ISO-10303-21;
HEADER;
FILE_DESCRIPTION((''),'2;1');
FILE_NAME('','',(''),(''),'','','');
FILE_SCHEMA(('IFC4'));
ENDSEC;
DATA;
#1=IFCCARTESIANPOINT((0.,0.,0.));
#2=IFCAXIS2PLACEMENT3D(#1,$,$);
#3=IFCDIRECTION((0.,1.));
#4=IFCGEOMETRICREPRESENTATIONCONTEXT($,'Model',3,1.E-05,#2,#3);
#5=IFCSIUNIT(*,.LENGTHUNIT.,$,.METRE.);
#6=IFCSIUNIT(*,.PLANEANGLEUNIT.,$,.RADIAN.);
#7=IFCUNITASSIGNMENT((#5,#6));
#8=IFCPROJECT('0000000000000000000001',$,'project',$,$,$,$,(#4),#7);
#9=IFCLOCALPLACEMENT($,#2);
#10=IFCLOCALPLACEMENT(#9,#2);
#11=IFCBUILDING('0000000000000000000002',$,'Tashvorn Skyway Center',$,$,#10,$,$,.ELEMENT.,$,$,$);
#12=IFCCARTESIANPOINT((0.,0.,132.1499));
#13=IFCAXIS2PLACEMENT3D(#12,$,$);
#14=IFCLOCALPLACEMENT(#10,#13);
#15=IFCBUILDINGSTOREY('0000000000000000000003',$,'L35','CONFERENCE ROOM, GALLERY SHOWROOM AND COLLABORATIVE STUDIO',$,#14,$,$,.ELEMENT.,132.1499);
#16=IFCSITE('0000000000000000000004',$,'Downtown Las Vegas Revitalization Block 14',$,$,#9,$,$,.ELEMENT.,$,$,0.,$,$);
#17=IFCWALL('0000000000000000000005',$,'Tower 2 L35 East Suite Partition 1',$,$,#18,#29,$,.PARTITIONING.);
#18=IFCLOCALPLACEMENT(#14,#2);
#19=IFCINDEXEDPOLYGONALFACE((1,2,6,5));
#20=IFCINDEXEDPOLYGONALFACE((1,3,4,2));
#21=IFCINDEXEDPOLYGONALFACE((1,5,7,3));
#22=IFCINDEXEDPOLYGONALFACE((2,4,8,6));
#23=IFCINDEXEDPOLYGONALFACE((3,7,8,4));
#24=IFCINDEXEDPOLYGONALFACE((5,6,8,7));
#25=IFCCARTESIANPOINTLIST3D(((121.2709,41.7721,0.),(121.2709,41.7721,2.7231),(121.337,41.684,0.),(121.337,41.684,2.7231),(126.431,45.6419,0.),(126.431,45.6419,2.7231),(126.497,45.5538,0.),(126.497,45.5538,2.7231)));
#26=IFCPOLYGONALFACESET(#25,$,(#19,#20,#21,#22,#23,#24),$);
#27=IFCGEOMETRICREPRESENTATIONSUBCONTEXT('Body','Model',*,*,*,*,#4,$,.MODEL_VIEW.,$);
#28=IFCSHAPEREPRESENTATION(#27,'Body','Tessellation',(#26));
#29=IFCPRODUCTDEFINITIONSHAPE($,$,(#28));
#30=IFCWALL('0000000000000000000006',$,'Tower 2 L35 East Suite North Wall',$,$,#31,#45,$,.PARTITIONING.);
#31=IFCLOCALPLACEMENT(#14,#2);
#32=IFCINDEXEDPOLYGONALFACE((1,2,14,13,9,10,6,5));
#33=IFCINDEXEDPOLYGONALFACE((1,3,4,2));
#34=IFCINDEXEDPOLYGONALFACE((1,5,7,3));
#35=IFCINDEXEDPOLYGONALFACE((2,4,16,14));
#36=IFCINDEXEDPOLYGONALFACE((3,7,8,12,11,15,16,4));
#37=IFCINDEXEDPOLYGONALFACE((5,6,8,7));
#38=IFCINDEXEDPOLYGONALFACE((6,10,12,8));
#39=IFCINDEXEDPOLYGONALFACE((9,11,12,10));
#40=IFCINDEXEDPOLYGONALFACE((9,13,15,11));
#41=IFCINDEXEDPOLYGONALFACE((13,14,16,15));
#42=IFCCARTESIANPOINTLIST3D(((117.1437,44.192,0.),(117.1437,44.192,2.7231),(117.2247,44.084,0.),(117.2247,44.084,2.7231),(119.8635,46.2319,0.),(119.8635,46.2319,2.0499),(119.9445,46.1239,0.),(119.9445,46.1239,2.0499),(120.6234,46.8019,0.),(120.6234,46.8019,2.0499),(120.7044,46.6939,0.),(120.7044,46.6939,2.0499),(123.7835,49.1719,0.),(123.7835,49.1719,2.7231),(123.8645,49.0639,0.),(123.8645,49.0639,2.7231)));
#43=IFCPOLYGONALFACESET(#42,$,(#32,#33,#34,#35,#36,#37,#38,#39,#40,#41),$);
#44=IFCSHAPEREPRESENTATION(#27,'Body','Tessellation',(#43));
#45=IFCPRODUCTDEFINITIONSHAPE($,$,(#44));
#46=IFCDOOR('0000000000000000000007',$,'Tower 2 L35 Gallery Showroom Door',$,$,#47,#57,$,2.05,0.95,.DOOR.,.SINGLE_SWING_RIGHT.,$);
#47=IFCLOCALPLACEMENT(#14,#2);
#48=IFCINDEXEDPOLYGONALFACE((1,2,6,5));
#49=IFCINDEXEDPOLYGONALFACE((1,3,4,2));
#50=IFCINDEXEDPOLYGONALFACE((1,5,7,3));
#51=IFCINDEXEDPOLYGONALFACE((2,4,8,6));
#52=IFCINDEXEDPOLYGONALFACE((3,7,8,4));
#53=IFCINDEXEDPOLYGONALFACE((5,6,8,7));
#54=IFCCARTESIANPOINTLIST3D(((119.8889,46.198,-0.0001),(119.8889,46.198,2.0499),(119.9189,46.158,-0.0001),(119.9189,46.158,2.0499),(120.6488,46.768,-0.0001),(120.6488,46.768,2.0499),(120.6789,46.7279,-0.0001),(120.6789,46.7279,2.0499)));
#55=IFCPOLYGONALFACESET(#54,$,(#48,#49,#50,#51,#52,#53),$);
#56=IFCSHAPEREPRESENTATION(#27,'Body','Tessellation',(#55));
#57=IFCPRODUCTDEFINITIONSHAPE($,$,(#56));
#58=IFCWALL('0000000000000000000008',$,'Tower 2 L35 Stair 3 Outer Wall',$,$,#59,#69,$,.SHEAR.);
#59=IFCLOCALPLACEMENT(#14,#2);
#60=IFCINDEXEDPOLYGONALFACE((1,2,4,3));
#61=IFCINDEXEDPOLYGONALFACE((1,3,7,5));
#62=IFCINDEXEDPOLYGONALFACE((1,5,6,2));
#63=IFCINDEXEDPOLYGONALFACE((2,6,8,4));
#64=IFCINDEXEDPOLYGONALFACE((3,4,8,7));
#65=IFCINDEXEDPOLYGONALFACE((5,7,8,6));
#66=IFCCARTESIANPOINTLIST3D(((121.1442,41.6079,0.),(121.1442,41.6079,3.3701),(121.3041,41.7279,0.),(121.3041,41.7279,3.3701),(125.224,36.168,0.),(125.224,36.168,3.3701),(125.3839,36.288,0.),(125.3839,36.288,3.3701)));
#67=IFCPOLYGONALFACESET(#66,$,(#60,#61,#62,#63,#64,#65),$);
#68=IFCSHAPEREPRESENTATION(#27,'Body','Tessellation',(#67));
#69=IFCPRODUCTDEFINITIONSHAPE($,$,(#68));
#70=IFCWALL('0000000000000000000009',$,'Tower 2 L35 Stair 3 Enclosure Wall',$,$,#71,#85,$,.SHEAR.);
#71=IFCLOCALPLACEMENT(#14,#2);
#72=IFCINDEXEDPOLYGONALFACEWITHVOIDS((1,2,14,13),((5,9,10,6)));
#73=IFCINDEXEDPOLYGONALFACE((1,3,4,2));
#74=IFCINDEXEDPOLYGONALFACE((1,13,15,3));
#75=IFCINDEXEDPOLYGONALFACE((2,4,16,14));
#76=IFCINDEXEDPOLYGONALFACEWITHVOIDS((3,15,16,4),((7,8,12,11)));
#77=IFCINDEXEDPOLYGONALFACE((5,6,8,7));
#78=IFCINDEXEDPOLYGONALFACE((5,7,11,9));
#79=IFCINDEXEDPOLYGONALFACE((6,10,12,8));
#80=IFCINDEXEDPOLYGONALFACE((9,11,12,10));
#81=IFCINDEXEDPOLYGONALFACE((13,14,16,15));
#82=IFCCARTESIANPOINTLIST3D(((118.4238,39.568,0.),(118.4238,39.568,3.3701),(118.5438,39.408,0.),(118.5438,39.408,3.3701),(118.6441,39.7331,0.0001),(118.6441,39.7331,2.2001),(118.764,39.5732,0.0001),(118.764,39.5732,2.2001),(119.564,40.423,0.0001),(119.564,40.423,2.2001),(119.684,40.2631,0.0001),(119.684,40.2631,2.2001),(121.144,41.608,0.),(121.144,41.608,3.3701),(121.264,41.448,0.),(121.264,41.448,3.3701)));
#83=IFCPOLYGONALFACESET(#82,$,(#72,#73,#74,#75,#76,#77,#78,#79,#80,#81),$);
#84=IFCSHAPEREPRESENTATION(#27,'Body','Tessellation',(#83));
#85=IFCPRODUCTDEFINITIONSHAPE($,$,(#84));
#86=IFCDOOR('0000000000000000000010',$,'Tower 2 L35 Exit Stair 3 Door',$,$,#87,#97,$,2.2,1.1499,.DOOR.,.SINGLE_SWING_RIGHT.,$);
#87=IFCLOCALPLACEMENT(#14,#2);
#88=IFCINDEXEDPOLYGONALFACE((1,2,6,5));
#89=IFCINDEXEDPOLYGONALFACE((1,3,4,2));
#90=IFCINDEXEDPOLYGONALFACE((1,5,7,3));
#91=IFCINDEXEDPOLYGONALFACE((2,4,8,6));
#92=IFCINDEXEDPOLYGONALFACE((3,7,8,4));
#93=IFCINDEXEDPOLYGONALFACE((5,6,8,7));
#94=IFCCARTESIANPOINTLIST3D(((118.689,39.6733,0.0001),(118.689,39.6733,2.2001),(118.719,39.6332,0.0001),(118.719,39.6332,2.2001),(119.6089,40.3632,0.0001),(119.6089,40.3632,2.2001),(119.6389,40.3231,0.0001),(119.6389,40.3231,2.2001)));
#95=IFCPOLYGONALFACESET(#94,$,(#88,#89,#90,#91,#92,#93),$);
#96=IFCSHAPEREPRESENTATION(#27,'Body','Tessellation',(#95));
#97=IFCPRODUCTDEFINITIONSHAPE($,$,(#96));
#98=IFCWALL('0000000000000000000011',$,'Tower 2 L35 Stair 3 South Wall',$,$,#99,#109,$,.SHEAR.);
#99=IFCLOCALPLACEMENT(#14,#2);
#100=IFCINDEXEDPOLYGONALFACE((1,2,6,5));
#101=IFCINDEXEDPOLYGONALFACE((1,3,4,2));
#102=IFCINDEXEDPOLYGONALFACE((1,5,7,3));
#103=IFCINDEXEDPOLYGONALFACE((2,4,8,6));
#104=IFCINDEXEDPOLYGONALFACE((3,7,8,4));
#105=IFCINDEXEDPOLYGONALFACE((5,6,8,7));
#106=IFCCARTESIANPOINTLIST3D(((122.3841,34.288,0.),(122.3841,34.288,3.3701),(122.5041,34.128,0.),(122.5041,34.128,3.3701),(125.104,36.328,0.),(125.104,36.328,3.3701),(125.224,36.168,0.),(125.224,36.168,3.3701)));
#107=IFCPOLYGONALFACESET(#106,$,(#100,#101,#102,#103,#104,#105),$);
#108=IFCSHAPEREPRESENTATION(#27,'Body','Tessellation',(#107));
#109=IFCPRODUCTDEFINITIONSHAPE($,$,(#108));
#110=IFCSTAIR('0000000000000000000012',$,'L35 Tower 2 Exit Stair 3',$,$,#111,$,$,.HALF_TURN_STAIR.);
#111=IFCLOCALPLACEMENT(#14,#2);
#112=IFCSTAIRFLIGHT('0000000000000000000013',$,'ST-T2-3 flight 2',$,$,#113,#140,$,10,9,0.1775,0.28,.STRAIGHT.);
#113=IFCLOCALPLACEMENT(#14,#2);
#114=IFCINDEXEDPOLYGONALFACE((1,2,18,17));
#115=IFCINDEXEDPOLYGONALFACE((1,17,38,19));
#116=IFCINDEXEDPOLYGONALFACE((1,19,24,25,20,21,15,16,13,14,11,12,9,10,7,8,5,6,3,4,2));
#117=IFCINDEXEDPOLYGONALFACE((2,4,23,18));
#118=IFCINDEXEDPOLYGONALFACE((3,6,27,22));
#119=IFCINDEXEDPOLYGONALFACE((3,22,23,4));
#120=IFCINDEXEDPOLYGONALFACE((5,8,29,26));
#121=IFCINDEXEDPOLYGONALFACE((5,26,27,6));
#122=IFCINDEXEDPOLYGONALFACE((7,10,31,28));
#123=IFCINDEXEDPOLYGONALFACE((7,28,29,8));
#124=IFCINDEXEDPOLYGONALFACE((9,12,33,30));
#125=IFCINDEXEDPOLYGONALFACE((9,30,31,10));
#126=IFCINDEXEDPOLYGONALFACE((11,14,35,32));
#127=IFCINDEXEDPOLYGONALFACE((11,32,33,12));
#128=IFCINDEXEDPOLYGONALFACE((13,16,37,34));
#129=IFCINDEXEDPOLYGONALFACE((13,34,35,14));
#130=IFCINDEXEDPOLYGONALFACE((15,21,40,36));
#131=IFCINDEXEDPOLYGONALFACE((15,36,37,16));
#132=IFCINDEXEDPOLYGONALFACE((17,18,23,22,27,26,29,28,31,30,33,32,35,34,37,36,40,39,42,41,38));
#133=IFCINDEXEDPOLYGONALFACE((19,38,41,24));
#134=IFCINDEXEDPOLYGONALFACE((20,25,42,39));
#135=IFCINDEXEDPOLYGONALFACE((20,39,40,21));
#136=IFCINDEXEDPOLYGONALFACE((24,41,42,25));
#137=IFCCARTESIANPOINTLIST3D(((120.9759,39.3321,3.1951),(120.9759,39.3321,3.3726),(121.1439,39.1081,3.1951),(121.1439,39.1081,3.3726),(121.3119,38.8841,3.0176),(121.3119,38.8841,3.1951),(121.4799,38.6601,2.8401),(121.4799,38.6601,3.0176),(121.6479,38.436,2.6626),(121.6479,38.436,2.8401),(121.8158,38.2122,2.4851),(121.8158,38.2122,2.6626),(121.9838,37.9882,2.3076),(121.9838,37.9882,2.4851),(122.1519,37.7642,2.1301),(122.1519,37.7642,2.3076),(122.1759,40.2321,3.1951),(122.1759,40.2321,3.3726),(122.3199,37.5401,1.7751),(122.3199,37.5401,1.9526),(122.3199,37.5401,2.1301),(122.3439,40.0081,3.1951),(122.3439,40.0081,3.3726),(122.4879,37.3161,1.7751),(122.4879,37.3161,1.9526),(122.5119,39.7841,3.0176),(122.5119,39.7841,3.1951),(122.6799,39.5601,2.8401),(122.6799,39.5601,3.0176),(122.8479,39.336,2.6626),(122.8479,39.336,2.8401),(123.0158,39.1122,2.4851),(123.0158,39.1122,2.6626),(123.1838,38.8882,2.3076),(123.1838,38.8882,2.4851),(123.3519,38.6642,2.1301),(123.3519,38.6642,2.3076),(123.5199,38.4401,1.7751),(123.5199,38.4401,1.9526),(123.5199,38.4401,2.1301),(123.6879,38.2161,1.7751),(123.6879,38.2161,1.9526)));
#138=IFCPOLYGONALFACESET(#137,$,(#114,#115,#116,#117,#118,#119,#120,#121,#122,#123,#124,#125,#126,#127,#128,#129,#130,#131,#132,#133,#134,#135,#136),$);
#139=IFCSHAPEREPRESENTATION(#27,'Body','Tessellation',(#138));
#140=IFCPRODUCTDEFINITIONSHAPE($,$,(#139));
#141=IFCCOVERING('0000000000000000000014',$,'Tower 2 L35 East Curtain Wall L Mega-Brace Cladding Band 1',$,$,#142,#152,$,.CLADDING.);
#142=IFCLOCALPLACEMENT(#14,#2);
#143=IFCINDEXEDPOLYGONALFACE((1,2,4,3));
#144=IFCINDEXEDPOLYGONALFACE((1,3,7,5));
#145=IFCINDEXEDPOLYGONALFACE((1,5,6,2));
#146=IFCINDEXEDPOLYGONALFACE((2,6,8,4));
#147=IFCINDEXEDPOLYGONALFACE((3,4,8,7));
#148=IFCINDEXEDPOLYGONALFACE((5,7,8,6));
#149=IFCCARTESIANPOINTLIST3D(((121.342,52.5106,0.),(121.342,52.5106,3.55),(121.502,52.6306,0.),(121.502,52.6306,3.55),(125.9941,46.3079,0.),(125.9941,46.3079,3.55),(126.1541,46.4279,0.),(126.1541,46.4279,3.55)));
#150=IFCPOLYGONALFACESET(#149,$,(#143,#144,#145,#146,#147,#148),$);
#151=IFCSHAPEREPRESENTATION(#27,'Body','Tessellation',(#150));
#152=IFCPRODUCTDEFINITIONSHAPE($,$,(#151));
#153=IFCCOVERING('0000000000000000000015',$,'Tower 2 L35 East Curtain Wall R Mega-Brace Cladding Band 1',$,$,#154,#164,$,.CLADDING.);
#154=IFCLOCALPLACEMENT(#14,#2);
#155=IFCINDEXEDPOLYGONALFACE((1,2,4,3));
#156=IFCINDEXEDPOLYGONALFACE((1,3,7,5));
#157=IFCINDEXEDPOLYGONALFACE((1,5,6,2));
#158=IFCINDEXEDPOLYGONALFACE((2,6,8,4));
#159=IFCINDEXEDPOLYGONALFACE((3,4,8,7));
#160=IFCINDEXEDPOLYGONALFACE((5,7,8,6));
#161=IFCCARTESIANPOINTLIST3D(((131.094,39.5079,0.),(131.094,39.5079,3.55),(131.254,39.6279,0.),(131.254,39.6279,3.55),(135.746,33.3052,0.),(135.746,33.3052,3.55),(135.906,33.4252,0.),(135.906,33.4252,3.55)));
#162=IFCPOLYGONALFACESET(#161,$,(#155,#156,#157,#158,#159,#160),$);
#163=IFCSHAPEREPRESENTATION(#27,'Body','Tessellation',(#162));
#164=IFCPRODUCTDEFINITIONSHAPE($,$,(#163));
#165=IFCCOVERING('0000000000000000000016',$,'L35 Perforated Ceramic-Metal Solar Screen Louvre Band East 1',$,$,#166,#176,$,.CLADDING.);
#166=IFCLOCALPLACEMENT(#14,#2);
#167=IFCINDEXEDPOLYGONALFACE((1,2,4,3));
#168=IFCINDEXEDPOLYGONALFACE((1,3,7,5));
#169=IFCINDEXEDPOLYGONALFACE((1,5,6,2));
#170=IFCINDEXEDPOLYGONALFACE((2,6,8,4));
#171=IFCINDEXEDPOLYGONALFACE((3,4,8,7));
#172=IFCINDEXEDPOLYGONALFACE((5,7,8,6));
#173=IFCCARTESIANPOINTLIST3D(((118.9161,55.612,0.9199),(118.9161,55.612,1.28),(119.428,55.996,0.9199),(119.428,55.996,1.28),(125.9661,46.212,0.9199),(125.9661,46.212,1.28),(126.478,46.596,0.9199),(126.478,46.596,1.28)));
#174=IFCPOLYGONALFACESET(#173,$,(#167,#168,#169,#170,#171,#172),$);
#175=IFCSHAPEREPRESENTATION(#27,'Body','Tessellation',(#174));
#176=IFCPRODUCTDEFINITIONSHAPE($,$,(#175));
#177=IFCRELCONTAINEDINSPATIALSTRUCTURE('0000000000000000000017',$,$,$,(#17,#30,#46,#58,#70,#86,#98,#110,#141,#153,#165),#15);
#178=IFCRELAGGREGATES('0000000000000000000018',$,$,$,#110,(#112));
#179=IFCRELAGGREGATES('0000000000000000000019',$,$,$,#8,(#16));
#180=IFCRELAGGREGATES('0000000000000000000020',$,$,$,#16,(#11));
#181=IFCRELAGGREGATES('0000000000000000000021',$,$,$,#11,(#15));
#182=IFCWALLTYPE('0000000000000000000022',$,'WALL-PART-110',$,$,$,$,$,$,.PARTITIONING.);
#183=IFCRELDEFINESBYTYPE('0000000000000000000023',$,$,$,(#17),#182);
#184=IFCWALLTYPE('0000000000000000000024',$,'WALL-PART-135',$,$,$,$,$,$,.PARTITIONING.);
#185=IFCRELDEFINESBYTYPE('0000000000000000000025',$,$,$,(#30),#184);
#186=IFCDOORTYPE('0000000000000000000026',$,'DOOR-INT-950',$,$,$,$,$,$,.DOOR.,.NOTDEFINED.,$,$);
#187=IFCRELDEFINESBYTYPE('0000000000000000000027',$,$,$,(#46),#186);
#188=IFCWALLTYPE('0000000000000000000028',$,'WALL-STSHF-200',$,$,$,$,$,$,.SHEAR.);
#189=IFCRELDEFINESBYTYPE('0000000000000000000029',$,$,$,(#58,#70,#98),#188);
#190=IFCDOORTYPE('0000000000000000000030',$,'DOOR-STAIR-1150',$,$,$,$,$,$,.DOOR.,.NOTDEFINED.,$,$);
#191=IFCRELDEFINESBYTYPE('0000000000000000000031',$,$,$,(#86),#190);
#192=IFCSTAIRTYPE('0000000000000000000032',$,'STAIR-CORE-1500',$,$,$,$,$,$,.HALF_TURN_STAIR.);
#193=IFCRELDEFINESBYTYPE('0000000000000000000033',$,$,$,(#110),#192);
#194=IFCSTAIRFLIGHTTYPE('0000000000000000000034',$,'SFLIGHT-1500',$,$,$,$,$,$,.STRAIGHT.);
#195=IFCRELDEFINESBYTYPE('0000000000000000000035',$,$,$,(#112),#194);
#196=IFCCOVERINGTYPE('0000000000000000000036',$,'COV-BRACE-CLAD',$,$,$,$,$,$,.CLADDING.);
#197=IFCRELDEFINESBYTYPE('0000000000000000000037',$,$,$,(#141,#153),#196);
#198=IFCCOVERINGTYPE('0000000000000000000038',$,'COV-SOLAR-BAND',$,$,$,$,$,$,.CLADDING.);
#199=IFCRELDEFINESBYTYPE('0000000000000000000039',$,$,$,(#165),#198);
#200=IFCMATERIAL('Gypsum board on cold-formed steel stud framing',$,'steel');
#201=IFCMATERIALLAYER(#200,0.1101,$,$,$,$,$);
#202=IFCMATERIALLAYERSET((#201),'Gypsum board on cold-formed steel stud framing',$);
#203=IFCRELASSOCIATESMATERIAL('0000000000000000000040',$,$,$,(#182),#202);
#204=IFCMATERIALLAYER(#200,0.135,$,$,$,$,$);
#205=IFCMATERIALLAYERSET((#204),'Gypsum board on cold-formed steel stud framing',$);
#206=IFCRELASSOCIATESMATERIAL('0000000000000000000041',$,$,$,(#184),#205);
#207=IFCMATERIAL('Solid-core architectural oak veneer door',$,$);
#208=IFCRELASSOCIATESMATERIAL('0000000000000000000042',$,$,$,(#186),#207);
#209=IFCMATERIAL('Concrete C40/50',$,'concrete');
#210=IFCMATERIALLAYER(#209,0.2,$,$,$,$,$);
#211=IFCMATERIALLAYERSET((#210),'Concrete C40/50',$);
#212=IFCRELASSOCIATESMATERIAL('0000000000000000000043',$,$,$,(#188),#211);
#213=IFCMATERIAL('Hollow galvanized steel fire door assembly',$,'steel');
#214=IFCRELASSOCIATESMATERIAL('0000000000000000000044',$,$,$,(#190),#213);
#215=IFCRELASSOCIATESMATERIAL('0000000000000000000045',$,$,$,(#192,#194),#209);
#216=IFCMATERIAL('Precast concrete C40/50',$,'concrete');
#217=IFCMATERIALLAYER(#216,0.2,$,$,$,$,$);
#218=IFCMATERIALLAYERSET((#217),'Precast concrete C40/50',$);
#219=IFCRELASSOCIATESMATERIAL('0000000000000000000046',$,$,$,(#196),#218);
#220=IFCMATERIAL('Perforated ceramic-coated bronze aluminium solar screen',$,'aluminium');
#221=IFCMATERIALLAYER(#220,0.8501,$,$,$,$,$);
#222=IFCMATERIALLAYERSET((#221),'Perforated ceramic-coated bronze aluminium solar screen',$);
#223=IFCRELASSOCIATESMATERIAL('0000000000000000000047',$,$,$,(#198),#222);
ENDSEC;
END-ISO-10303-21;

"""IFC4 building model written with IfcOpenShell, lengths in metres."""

from ifc_helpers import new_model, si_unit, direction, frame, frame_2d, origin, origin_2d, place, context, subcontext, project, spatial, polyline, rectangle, outline, extrude, material, layer, layer_set, type_object, element, fill, aggregate, save


model = new_model("IFC4")

# Units and contexts
model_context = context("Model", 3, precision=1e-05, world=origin(), true_north=direction((0.0, 1.0)))
body_context = subcontext(model_context, "Body", "Model", "MODEL_VIEW")
ifc_project = project(units=[si_unit("LENGTHUNIT", "METRE"), si_unit("PLANEANGLEUNIT", "RADIAN")], contexts=[model_context])

# Site, building, storey
site_placement = place(None, origin())
site = spatial("IfcSite", under=ifc_project, at=site_placement, Name="Downtown Las Vegas Revitalization Block 14", CompositionType="ELEMENT", RefElevation=0.0)
building_placement = place(site_placement, origin())
building = spatial("IfcBuilding", under=site, at=building_placement, Name="Tashvorn Skyway Center", CompositionType="ELEMENT")
storey_placement = place(building_placement, frame((0.0, 0.0, 132.1499)))
storey = spatial("IfcBuildingStorey", under=building, at=storey_placement, Name="L35", Description="CONFERENCE ROOM, GALLERY SHOWROOM AND COLLABORATIVE STUDIO", CompositionType="ELEMENT", Elevation=132.1499)

# Shared definitions
ifc_material_1 = material(Name="Precast concrete C40/50", Category="concrete")

# Wall
ifc_material_2 = material(Name="Gypsum board on cold-formed steel stud framing", Category="steel")
ifc_layer_1 = layer(ifc_material_2, 0.1101)
ifc_layer_set_1 = layer_set([ifc_layer_1], Name="Gypsum board on cold-formed steel stud framing")
wall_type_1 = type_object("IfcWallType", Name="WALL-PART-110", PredefinedType="PARTITIONING", material=ifc_layer_set_1)
wall_1_placement = place(storey_placement, frame((126.4641, 45.5979, 0.0), z_axis=(0.0, 0.0, 1.0), x_axis=(-0.800018, -0.599976, 0.0)))
element("IfcWall", 1, at=wall_1_placement, inside=storey, type_object=wall_type_1, Name="Tower 2 L35 East Suite Partition 1", PredefinedType="PARTITIONING", context=body_context, shape_type="SweptSolid", body=[
    extrude(rectangle(XDim=6.45, YDim=0.1101, at=frame_2d((3.2251, 0.0))), origin(), (0.0, 0.0, 1.0), 2.7231),
])

# Wall, opening, door
ifc_layer_2 = layer(ifc_material_2, 0.135)
ifc_layer_set_2 = layer_set([ifc_layer_2], Name="Gypsum board on cold-formed steel stud framing")
wall_type_2 = type_object("IfcWallType", Name="WALL-PART-135", PredefinedType="PARTITIONING", material=ifc_layer_set_2)
wall_2_placement = place(storey_placement, frame((123.824, 49.1179, 0.0), z_axis=(0.0, 0.0, 1.0), x_axis=(-0.799996, -0.600005, 0.0)))
wall_2 = element("IfcWall", 2, at=wall_2_placement, inside=storey, type_object=wall_type_2, Name="Tower 2 L35 East Suite North Wall", PredefinedType="PARTITIONING", context=body_context, shape_type="SweptSolid", body=[
    extrude(rectangle(XDim=8.2998, YDim=0.135, at=frame_2d((4.1499, 0.0))), origin(), (0.0, 0.0, 1.0), 2.7231),
])
opening_1_placement = place(wall_2_placement, frame((3.95, 0.0, 0.0)))
opening_1 = element("IfcOpeningElement", 3, at=opening_1_placement, cuts=wall_2, PredefinedType="OPENING", context=body_context, shape_type="SweptSolid", body=[
    extrude(rectangle(XDim=0.95, YDim=2.05, at=frame_2d((0.4751, 1.0249))), frame((0.0, 0.0774, 0.0), z_axis=(0.0, -1.0, 0.0), x_axis=(1.0, 0.0, 0.0)), (0.0, 0.0, 1.0), 0.155),
])
ifc_material_3 = material(Name="Solid-core architectural oak veneer door")
door_type_1 = type_object("IfcDoorType", Name="DOOR-INT-950", OperationType="NOTDEFINED", PredefinedType="DOOR", material=ifc_material_3)
door_1_placement = place(opening_1_placement, origin())
door_1 = element("IfcDoor", 4, at=door_1_placement, inside=storey, type_object=door_type_1, Name="Tower 2 L35 Gallery Showroom Door", OperationType="SINGLE_SWING_RIGHT", OverallHeight=2.05, OverallWidth=0.95, PredefinedType="DOOR", context=body_context, shape_type="SweptSolid", body=[
    extrude(rectangle(XDim=0.95, YDim=2.05, at=frame_2d((0.4751, 1.0249))), frame((0.0, 0.0249, 0.0), z_axis=(0.0, -1.0, 0.0), x_axis=(1.0, 0.0, 0.0)), (0.0, 0.0, 1.0), 0.05),
])
fill(opening_1, door_1)

# Wall
ifc_material_4 = material(Name="Concrete C40/50", Category="concrete")
ifc_layer_3 = layer(ifc_material_4, 0.2)
ifc_layer_set_3 = layer_set([ifc_layer_3], Name="Concrete C40/50")
wall_type_3 = type_object("IfcWallType", Name="WALL-STSHF-200", PredefinedType="SHEAR", material=ifc_layer_set_3)
wall_3_placement = place(storey_placement, frame((125.304, 36.228, 0.0), z_axis=(0.0, 0.0, 1.0), x_axis=(-0.599989, 0.800009, 0.0)))
element("IfcWall", 5, at=wall_3_placement, inside=storey, type_object=wall_type_3, Name="Tower 2 L35 Stair 3 Outer Wall", PredefinedType="SHEAR", context=body_context, shape_type="SweptSolid", body=[
    extrude(rectangle(XDim=6.7998, YDim=0.2, at=frame_2d((3.3999, 0.0))), origin(), (0.0, 0.0, 1.0), 3.3701),
])

# Wall, opening, door
wall_4_placement = place(storey_placement, frame((121.2041, 41.5281, 0.0), z_axis=(0.0, 0.0, 1.0), x_axis=(-0.800017, -0.599977, 0.0)))
wall_4 = element("IfcWall", 6, at=wall_4_placement, inside=storey, type_object=wall_type_3, Name="Tower 2 L35 Stair 3 Enclosure Wall", PredefinedType="SHEAR", context=body_context, shape_type="SweptSolid", body=[
    extrude(rectangle(XDim=3.4001, YDim=0.2, at=frame_2d((1.7002, 0.0))), origin(), (0.0, 0.0, 1.0), 3.3701),
])
opening_2_placement = place(wall_4_placement, frame((1.9751, 0.0, 0.0)))
opening_2 = element("IfcOpeningElement", 7, at=opening_2_placement, cuts=wall_4, PredefinedType="OPENING", context=body_context, shape_type="SweptSolid", body=[
    extrude(rectangle(XDim=1.1499, YDim=2.2, at=frame_2d((0.575, 1.1001))), frame((0.0, 0.1099, 0.0), z_axis=(0.0, -1.0, 0.0), x_axis=(1.0, 0.0, 0.0)), (0.0, 0.0, 1.0), 0.22),
])
ifc_material_5 = material(Name="Hollow galvanized steel fire door assembly", Category="steel")
door_type_2 = type_object("IfcDoorType", Name="DOOR-STAIR-1150", OperationType="NOTDEFINED", PredefinedType="DOOR", material=ifc_material_5)
door_2_placement = place(opening_2_placement, origin())
door_2 = element("IfcDoor", 8, at=door_2_placement, inside=storey, type_object=door_type_2, Name="Tower 2 L35 Exit Stair 3 Door", OperationType="SINGLE_SWING_RIGHT", OverallHeight=2.2, OverallWidth=1.1499, PredefinedType="DOOR", context=body_context, shape_type="SweptSolid", body=[
    extrude(rectangle(XDim=1.1499, YDim=2.2, at=frame_2d((0.575, 1.1001))), frame((0.0, 0.0249, 0.0), z_axis=(0.0, -1.0, 0.0), x_axis=(1.0, 0.0, 0.0)), (0.0, 0.0, 1.0), 0.05),
])
fill(opening_2, door_2)

# Wall
wall_5_placement = place(storey_placement, frame((122.4441, 34.208, 0.0), z_axis=(0.0, 0.0, 1.0), x_axis=(0.799991, 0.600011, 0.0)))
element("IfcWall", 9, at=wall_5_placement, inside=storey, type_object=wall_type_3, Name="Tower 2 L35 Stair 3 South Wall", PredefinedType="SHEAR", context=body_context, shape_type="SweptSolid", body=[
    extrude(rectangle(XDim=3.3999, YDim=0.2, at=frame_2d((1.7, 0.0))), origin(), (0.0, 0.0, 1.0), 3.3701),
])

# Stair, stair flight
stair_type = type_object("IfcStairType", Name="STAIR-CORE-1500", PredefinedType="HALF_TURN_STAIR", material=ifc_material_4)
stair_placement = place(storey_placement, origin())
stair = element("IfcStair", 10, at=stair_placement, inside=storey, type_object=stair_type, Name="L35 Tower 2 Exit Stair 3", PredefinedType="HALF_TURN_STAIR")
stair_flight_type = type_object("IfcStairFlightType", Name="SFLIGHT-1500", PredefinedType="STRAIGHT", material=ifc_material_4)
stair_flight_placement = place(storey_placement, frame((123.0879, 37.7661, 1.7751), z_axis=(0.0, 0.0, 1.0), x_axis=(-0.6, 0.8, 0.0)))
stair_flight = element("IfcStairFlight", 11, at=stair_flight_placement, type_object=stair_flight_type, Name="ST-T2-3 flight 2", NumberOfRisers=10, NumberOfTreads=9, PredefinedType="STRAIGHT", RiserHeight=0.1775, TreadLength=0.28, context=body_context, shape_type="SweptSolid", body=[
    extrude(outline(polyline([(0.0, 0.0), (0.0, 0.1775), (0.28, 0.1775), (0.28, 0.355), (0.5601, 0.355), (0.5601, 0.5325), (0.8401, 0.5325), (0.8401, 0.71), (1.1201, 0.71), (1.1201, 0.8875), (1.3999, 0.8875), (1.3999, 1.0649), (1.6799, 1.0649), (1.6799, 1.2424), (1.96, 1.2424), (1.96, 1.4199), (2.24, 1.4199), (2.24, 1.5974), (2.52, 1.5974), (2.52, 1.7749), (2.52, 1.4199), (0.28, 0.0), (0.0, 0.0)])), frame((0.0, 0.75, 0.0), z_axis=(0.0, -1.0, 0.0), x_axis=(1.0, 0.0, 0.0)), (0.0, 0.0, 1.0), 1.5),
])
aggregate(stair, [stair_flight])

# Coverings
ifc_layer_4 = layer(ifc_material_1, 0.2)
ifc_layer_set_4 = layer_set([ifc_layer_4], Name="Precast concrete C40/50")
covering_type_1 = type_object("IfcCoveringType", Name="COV-BRACE-CLAD", PredefinedType="CLADDING", material=ifc_layer_set_4)
for number, where, z_axis, x_axis, name in (
    (12, (123.748, 49.4692, 0.0), (0.0, 0.0, 1.0), (0.6, -0.8, 0.0), "Tower 2 L35 East Curtain Wall L Mega-Brace Cladding Band 1"),
    (13, (133.5, 36.4666, 0.0), (0.0, 0.0, 1.0), (0.6, -0.8, 0.0), "Tower 2 L35 East Curtain Wall R Mega-Brace Cladding Band 1"),
):
    element("IfcCovering", number, at=place(storey_placement, frame(where, z_axis=z_axis, x_axis=x_axis)), inside=storey, type_object=covering_type_1, Name=name, PredefinedType="CLADDING", context=body_context, shape_type="SweptSolid", body=[
        extrude(rectangle(XDim=7.7534, YDim=0.2, at=origin_2d()), origin(), (0.0, 0.0, 1.0), 3.55),
    ])
ifc_material_6 = material(Name="Perforated ceramic-coated bronze aluminium solar screen", Category="aluminium")
ifc_layer_5 = layer(ifc_material_6, 0.8501)
ifc_layer_set_5 = layer_set([ifc_layer_5], Name="Perforated ceramic-coated bronze aluminium solar screen")
covering_type_2 = type_object("IfcCoveringType", Name="COV-SOLAR-BAND", PredefinedType="CLADDING", material=ifc_layer_set_5)
for number, where, z_axis, x_axis, name in (
    (14, (122.697, 51.104, 0.9199), (0.0, 0.0, 1.0), (0.6, -0.8, 0.0), "L35 Perforated Ceramic-Metal Solar Screen Louvre Band East 1"),
):
    element("IfcCovering", number, at=place(storey_placement, frame(where, z_axis=z_axis, x_axis=x_axis)), inside=storey, type_object=covering_type_2, Name=name, PredefinedType="CLADDING", context=body_context, shape_type="SweptSolid", body=[
        extrude(rectangle(XDim=11.75, YDim=0.6399, at=origin_2d()), origin(), (0.0, 0.0, 1.0), 0.3601),
    ])

save(model, "model.ifc")
